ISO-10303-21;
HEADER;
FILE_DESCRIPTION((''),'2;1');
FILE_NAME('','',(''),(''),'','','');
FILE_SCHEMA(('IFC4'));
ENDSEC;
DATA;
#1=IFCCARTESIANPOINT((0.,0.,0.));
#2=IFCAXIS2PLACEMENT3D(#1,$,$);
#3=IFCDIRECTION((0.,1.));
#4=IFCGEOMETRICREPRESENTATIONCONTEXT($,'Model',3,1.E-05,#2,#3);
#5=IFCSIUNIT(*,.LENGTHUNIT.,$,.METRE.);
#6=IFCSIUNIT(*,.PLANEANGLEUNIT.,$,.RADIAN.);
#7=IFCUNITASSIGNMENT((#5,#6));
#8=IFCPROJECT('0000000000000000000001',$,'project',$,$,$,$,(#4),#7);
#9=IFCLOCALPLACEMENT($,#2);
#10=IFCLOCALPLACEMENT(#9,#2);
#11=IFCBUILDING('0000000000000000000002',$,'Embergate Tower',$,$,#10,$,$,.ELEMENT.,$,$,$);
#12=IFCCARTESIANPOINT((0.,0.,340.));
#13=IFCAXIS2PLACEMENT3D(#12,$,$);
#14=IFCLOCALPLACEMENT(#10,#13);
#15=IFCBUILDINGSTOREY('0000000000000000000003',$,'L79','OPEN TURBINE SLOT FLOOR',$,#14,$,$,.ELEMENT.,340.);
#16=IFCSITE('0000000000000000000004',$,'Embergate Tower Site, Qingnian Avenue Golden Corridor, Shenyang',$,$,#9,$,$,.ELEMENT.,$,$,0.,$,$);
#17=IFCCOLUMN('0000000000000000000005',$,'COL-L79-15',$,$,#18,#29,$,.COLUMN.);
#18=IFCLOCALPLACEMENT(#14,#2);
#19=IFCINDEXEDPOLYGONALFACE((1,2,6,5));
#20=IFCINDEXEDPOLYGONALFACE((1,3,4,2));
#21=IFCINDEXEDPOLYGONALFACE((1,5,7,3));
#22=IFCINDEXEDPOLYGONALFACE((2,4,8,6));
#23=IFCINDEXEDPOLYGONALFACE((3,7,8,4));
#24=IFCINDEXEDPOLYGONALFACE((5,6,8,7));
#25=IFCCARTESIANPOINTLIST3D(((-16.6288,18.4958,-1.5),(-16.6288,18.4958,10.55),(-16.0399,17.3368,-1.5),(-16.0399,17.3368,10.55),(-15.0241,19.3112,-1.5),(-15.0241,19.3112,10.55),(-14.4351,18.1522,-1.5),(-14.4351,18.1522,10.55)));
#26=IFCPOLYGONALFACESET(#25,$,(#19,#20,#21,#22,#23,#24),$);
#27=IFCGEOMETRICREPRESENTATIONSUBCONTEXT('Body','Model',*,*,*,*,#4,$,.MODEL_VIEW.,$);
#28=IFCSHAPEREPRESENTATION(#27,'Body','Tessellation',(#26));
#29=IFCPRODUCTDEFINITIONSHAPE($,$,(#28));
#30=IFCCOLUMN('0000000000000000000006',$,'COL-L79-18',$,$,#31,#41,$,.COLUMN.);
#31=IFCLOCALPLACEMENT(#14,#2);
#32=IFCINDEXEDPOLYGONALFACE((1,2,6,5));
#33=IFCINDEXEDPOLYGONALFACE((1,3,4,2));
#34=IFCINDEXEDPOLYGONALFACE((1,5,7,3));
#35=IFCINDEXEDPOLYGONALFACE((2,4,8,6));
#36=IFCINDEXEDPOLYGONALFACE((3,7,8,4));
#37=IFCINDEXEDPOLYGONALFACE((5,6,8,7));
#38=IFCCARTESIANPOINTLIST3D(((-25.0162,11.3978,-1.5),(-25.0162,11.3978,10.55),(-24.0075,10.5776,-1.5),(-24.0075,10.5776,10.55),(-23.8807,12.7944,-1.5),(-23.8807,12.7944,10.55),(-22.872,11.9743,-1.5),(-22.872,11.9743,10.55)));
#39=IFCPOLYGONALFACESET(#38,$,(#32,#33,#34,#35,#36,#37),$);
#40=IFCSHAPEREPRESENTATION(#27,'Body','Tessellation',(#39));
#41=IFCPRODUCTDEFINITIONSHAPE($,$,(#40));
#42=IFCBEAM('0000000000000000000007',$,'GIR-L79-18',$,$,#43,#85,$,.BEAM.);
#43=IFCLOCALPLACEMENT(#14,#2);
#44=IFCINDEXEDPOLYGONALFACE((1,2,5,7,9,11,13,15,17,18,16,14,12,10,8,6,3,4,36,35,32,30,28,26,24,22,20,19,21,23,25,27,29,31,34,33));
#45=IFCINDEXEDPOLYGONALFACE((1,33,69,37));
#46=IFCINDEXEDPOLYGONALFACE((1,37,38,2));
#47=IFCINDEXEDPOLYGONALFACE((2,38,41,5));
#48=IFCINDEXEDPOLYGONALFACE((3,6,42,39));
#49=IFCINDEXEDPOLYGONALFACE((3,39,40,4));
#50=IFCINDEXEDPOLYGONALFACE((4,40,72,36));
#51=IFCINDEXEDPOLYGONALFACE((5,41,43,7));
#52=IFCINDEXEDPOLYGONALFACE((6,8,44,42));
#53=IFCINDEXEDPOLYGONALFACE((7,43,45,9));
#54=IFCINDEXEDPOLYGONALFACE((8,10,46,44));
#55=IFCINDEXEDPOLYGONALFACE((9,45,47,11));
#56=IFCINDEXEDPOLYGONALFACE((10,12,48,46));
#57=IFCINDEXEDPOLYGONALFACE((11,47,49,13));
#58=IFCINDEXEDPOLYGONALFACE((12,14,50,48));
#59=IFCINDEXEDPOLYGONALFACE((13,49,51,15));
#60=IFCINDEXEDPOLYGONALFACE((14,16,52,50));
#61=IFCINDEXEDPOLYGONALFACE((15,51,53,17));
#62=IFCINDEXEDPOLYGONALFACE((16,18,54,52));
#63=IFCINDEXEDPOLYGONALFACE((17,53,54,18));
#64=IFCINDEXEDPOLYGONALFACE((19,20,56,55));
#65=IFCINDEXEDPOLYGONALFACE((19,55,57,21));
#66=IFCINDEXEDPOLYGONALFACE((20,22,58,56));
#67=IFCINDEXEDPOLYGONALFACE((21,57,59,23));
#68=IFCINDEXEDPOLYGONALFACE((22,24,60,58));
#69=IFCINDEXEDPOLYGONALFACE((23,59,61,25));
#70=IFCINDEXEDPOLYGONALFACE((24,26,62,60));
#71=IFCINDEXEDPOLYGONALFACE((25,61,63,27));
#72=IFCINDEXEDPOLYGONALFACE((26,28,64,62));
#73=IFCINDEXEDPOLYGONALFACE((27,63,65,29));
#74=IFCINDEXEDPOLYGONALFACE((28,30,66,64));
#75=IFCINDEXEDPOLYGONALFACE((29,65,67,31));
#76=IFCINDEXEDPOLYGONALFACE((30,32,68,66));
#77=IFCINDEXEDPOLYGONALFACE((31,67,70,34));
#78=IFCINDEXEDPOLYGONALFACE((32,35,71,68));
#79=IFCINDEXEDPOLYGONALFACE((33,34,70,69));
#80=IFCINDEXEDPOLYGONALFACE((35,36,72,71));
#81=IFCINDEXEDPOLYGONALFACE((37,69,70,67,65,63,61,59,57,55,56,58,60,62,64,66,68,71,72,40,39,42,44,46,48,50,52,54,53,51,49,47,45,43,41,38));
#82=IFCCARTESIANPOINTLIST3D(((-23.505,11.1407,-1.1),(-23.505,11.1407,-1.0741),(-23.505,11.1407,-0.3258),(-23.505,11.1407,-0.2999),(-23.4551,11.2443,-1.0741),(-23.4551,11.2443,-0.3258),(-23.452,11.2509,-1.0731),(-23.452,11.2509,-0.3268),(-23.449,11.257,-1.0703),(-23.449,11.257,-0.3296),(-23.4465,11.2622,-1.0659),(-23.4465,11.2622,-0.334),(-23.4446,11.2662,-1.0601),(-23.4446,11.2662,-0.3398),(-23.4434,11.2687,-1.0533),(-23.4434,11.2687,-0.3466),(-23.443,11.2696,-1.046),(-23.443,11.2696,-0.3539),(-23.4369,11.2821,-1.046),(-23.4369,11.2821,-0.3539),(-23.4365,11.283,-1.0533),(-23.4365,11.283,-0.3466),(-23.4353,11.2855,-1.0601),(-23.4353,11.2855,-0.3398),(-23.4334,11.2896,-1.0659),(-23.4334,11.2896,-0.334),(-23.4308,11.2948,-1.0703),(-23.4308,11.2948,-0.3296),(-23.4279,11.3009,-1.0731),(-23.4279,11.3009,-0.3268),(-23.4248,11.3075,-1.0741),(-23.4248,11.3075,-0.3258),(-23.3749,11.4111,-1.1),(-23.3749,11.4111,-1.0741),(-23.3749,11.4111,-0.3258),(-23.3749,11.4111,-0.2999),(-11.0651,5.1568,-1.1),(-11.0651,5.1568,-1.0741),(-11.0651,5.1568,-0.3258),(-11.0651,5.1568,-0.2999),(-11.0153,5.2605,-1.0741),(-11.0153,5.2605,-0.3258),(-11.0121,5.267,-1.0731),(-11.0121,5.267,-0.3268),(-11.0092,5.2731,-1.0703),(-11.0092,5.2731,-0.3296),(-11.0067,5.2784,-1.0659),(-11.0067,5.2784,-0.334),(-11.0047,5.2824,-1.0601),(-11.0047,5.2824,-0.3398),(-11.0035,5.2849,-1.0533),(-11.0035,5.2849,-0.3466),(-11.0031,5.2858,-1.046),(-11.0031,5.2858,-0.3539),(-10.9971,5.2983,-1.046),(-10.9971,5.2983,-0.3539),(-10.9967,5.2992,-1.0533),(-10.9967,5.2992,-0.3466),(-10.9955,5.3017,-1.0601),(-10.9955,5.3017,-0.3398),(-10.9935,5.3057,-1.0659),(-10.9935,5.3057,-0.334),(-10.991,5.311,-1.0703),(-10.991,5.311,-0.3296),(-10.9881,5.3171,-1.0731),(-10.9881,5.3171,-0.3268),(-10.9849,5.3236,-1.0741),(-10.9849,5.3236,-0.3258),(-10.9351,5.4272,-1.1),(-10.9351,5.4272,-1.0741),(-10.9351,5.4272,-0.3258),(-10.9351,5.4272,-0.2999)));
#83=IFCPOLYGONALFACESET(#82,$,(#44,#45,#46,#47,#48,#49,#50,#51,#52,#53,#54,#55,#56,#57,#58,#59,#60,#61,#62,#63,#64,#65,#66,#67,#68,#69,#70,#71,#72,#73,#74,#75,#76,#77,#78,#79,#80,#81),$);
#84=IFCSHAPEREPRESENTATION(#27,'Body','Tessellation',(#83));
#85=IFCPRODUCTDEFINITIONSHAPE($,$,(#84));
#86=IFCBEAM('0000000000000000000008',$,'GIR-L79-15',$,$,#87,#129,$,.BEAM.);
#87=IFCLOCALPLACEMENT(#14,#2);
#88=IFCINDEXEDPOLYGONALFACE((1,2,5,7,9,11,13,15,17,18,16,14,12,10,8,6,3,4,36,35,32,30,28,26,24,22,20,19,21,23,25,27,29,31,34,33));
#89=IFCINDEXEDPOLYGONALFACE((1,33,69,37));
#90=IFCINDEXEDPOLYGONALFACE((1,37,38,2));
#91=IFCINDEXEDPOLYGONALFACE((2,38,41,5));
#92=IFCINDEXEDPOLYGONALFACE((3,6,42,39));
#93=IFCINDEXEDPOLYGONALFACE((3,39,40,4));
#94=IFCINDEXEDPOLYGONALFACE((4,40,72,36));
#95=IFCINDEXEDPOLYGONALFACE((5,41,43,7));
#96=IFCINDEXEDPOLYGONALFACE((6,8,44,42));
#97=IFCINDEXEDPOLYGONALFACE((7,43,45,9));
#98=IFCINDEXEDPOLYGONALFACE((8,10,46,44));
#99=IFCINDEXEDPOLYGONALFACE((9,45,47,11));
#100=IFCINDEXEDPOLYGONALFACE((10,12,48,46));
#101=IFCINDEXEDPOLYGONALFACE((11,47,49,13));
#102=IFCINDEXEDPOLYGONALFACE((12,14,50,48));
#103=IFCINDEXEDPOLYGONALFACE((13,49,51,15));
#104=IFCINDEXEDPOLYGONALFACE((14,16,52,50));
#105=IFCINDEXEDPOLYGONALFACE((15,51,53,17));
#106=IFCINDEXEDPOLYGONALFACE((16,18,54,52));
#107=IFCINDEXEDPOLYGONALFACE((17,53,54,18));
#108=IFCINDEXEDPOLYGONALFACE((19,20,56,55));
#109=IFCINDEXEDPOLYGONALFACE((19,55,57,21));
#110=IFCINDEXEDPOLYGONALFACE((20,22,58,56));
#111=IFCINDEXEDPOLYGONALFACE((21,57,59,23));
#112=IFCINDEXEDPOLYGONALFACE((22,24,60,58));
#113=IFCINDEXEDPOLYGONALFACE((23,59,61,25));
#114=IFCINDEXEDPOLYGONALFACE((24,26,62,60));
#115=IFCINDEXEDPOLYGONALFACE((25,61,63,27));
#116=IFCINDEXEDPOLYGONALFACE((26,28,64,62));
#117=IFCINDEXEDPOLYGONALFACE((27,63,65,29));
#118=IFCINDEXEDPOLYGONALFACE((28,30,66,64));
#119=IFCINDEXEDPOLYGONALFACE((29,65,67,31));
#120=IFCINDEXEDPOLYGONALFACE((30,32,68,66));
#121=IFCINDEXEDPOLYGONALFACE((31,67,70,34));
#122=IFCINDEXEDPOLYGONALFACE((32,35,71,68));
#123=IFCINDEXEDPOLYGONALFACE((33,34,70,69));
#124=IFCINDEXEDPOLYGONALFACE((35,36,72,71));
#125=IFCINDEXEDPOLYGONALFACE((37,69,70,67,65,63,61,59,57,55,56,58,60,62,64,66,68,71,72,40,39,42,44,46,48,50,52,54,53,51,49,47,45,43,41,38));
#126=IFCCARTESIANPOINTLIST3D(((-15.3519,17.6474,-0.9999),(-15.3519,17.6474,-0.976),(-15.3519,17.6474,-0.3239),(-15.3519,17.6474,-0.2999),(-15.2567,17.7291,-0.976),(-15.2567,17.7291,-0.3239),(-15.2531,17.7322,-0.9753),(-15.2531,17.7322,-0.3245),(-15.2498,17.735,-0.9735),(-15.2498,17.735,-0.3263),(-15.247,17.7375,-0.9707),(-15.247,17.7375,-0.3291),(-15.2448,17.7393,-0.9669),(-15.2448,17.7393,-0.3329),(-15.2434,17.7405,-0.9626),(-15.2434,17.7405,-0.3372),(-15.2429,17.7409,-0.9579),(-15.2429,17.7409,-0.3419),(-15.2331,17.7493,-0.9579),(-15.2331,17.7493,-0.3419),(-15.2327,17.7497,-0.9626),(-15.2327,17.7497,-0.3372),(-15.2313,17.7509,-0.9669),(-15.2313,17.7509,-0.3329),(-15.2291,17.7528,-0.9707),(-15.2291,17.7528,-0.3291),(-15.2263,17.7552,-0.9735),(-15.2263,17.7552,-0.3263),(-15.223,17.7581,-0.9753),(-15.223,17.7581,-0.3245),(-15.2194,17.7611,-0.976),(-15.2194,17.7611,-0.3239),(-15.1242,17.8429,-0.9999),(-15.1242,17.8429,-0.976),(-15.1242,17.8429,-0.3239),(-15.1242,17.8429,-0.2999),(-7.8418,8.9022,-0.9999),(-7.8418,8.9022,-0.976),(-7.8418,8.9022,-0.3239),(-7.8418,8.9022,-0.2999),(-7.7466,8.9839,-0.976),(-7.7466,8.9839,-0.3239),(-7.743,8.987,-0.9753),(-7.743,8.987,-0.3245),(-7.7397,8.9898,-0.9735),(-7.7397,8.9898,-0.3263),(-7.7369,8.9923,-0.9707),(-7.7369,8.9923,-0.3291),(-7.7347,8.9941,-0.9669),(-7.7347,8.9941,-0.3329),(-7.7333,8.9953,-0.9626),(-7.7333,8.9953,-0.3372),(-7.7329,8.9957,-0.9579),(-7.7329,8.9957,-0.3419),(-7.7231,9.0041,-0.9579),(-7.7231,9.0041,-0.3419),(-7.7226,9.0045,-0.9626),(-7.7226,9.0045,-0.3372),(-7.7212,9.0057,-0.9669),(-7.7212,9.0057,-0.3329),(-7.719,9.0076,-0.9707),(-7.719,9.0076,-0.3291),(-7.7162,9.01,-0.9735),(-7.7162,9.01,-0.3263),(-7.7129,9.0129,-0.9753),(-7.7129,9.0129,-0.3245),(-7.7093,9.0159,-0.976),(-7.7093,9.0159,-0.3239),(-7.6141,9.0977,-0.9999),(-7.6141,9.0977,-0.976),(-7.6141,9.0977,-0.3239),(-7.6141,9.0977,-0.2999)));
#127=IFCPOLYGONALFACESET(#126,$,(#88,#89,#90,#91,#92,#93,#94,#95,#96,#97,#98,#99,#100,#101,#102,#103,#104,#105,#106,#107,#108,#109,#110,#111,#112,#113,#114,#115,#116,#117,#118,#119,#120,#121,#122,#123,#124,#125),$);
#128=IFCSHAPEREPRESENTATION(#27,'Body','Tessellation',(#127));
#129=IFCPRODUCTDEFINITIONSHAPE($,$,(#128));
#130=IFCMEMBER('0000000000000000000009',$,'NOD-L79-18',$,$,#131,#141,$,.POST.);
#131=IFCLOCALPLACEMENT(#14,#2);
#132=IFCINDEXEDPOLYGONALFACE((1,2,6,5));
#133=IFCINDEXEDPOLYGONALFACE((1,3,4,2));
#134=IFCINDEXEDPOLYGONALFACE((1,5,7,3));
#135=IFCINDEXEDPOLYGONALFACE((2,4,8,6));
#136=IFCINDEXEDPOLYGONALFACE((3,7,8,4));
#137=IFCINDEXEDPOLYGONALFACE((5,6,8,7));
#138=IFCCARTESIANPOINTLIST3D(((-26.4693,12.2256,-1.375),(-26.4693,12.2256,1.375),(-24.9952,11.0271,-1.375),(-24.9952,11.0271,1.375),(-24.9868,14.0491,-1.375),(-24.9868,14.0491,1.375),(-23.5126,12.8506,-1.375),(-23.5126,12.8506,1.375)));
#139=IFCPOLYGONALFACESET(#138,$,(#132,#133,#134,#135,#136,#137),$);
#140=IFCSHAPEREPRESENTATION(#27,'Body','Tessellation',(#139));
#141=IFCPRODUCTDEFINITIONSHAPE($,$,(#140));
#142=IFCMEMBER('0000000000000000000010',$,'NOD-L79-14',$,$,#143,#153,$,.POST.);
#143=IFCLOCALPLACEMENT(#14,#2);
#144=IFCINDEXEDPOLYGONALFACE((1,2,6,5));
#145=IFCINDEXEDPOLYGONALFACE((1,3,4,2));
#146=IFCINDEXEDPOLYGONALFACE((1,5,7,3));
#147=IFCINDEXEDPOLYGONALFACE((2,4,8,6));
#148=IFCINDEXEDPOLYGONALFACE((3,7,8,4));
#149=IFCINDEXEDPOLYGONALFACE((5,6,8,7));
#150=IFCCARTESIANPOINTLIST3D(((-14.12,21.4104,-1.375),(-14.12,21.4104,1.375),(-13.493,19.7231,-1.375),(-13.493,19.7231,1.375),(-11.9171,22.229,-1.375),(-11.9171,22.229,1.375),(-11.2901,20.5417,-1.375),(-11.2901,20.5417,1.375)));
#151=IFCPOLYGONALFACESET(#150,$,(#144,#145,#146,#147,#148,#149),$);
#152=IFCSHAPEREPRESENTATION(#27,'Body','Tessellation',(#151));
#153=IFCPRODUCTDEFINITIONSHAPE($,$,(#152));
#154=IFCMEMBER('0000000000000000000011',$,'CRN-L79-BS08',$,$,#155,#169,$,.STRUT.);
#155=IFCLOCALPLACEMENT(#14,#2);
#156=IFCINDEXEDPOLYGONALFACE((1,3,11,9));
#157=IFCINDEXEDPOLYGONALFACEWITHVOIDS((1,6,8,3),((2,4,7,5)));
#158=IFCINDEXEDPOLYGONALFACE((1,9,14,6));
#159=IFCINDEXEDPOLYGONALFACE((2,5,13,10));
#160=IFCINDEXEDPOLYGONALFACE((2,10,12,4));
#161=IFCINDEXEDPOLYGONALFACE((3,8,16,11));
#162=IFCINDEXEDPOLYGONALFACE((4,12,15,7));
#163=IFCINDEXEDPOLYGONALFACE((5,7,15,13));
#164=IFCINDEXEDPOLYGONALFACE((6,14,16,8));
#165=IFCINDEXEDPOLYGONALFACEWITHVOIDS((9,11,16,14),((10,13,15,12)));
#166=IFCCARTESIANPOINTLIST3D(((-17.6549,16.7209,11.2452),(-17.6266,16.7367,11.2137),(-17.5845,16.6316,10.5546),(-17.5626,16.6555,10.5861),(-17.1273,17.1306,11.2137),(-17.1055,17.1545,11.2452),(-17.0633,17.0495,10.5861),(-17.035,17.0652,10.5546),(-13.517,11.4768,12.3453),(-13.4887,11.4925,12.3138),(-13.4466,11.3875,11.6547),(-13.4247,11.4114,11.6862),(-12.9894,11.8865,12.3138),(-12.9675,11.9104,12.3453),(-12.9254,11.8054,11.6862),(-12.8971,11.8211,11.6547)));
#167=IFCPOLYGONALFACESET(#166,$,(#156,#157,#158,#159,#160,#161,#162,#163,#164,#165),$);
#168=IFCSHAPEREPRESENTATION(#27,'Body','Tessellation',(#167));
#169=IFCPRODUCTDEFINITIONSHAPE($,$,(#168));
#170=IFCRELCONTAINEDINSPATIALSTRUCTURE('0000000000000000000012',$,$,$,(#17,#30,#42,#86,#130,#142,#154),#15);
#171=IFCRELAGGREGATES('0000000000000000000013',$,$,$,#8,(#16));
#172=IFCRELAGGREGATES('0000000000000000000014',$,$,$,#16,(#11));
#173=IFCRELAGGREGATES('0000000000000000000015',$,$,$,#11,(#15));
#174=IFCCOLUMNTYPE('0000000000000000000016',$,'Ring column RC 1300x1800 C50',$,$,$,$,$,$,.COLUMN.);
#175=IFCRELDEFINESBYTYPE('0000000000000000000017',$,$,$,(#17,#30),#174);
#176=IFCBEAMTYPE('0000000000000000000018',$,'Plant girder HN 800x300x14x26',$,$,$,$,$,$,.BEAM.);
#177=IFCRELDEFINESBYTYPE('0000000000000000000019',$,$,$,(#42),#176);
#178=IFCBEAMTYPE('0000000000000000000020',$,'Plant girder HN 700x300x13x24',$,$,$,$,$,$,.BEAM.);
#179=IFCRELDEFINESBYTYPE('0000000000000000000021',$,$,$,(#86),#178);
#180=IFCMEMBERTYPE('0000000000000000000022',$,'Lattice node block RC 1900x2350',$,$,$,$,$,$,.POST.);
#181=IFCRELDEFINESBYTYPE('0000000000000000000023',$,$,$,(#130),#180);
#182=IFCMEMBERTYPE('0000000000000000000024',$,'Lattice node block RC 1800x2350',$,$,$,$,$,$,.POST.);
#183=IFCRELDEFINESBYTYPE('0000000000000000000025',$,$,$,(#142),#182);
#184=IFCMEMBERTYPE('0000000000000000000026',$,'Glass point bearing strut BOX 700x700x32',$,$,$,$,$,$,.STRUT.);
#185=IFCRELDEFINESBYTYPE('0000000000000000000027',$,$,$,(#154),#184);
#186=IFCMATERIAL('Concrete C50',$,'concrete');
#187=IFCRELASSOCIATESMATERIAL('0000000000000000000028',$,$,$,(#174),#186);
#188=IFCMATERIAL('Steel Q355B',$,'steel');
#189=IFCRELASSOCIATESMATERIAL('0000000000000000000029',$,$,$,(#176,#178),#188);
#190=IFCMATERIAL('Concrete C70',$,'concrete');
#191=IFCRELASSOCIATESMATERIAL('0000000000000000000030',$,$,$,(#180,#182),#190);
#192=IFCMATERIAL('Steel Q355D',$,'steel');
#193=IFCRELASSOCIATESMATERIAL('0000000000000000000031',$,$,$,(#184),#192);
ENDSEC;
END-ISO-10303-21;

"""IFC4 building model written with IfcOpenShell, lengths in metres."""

from ifc_helpers import new_model, si_unit, direction, frame, origin, origin_2d, place, context, subcontext, project, spatial, rectangle, hollow_rectangle, i_section, extrude, source, transform, mapped, material, material_profile, profile_set, type_object, element, save


model = new_model("IFC4")

# Units and contexts
model_context = context("Model", 3, precision=1e-05, world=origin(), true_north=direction((0.0, 1.0)))
body_context = subcontext(model_context, "Body", "Model", "MODEL_VIEW")
ifc_project = project(units=[si_unit("LENGTHUNIT", "METRE"), si_unit("PLANEANGLEUNIT", "RADIAN")], contexts=[model_context])

# Site, building, storey
site_placement = place(None, origin())
site = spatial("IfcSite", under=ifc_project, at=site_placement, Name="Embergate Tower Site, Qingnian Avenue Golden Corridor, Shenyang", CompositionType="ELEMENT", RefElevation=0.0)
building_placement = place(site_placement, origin())
building = spatial("IfcBuilding", under=site, at=building_placement, Name="Embergate Tower", CompositionType="ELEMENT")
storey_placement = place(building_placement, frame((0.0, 0.0, 340.0)))
storey = spatial("IfcBuildingStorey", under=building, at=storey_placement, Name="L79", Description="OPEN TURBINE SLOT FLOOR", CompositionType="ELEMENT", Elevation=340.0)

# Columns
ifc_material_1 = material(Name="Concrete C50", Category="concrete")
ifc_material_profile_1 = material_profile(ifc_material_1, rectangle(XDim=1.3, YDim=1.8, at=origin_2d()), Name="RC 1300x1800")
ifc_profile_set_1 = profile_set([ifc_material_profile_1], Name="Concrete C50")
column_type = type_object("IfcColumnType", Name="Ring column RC 1300x1800 C50", PredefinedType="COLUMN", material=ifc_profile_set_1)
shared_shape_1 = source(origin(), body_context, "Body", "SweptSolid", [
    extrude(rectangle(XDim=1.3, YDim=1.8, at=origin_2d()), origin(), (0.0, 0.0, 1.0), 12.05),
])
for number, where, z_axis, x_axis, name in (
    (1, (-15.532, 18.324, -1.5), (0.0, 0.0, 1.0), (-0.452995, 0.891513, 0.0), "COL-L79-15"),
    (2, (-23.9441, 11.686, -1.5), (0.0, 0.0, 1.0), (-0.775914, 0.630838, 0.0), "COL-L79-18"),
):
    element("IfcColumn", number, at=place(storey_placement, frame(where, z_axis=z_axis, x_axis=x_axis)), inside=storey, type_object=column_type, Name=name, PredefinedType="COLUMN", context=body_context, shape_type="MappedRepresentation", body=[
        mapped(shared_shape_1, transform((0.0, 0.0, 0.0))),
    ])

# Beams
ifc_material_2 = material(Name="Steel Q355B", Category="steel")
ifc_material_profile_2 = material_profile(ifc_material_2, i_section(OverallWidth=0.3, OverallDepth=0.8, WebThickness=0.0139, FlangeThickness=0.0259, FilletRadius=0.0281, at=origin_2d()), Name="HN 800x300x14x26")
ifc_profile_set_2 = profile_set([ifc_material_profile_2], Name="Steel Q355 grade B")
beam_type_1 = type_object("IfcBeamType", Name="Plant girder HN 800x300x14x26", PredefinedType="BEAM", material=ifc_profile_set_2)
shared_shape_2 = source(origin(), body_context, "Body", "SweptSolid", [
    extrude(i_section(OverallWidth=0.3, OverallDepth=0.8, WebThickness=0.0139, FlangeThickness=0.0259, FilletRadius=0.0281, at=origin_2d()), origin(), (0.0, 0.0, 1.0), 13.8042),
])
beam_1_placement = place(storey_placement, frame((-23.4399, 11.2759, -0.7), z_axis=(0.901163, -0.43348, 0.0), x_axis=(0.43348, 0.901163, 0.0)))
element("IfcBeam", 3, at=beam_1_placement, inside=storey, type_object=beam_type_1, Name="GIR-L79-18", PredefinedType="BEAM", context=body_context, shape_type="MappedRepresentation", body=[
    mapped(shared_shape_2, transform((0.0, 0.0, 0.0))),
])
ifc_material_profile_3 = material_profile(ifc_material_2, i_section(OverallWidth=0.3, OverallDepth=0.7, WebThickness=0.0129, FlangeThickness=0.0239, FilletRadius=0.0181, at=origin_2d()), Name="HN 700x300x13x24")
ifc_profile_set_3 = profile_set([ifc_material_profile_3], Name="Steel Q355 grade B")
beam_type_2 = type_object("IfcBeamType", Name="Plant girder HN 700x300x13x24", PredefinedType="BEAM", material=ifc_profile_set_3)
shared_shape_3 = source(origin(), body_context, "Body", "SweptSolid", [
    extrude(i_section(OverallWidth=0.3, OverallDepth=0.7, WebThickness=0.0129, FlangeThickness=0.0239, FilletRadius=0.0181, at=origin_2d()), origin(), (0.0, 0.0, 1.0), 11.5273),
])
beam_2_placement = place(storey_placement, frame((-15.238, 17.7451, -0.6499), z_axis=(0.651501, -0.758648, 0.0), x_axis=(0.758648, 0.651501, 0.0)))
element("IfcBeam", 4, at=beam_2_placement, inside=storey, type_object=beam_type_2, Name="GIR-L79-15", PredefinedType="BEAM", context=body_context, shape_type="MappedRepresentation", body=[
    mapped(shared_shape_3, transform((0.0, 0.0, 0.0))),
])

# Members
ifc_material_3 = material(Name="Concrete C70", Category="concrete")
ifc_material_profile_4 = material_profile(ifc_material_3, rectangle(XDim=1.8999, YDim=2.3501, at=origin_2d()), Name="RC 1900x2350")
ifc_profile_set_4 = profile_set([ifc_material_profile_4], Name="Concrete C70")
member_type_1 = type_object("IfcMemberType", Name="Lattice node block RC 1900x2350", PredefinedType="POST", material=ifc_profile_set_4)
shared_shape_4 = source(origin(), body_context, "Body", "SweptSolid", [
    extrude(rectangle(XDim=1.8999, YDim=2.3501, at=origin_2d()), origin(), (0.0, 0.0, 1.0), 2.75),
])
member_1_placement = place(storey_placement, frame((-24.991, 12.5381, -1.375), z_axis=(0.0, 0.0, 1.0), x_axis=(-0.775914, 0.630838, 0.0)))
element("IfcMember", 5, at=member_1_placement, inside=storey, type_object=member_type_1, Name="NOD-L79-18", PredefinedType="POST", context=body_context, shape_type="MappedRepresentation", body=[
    mapped(shared_shape_4, transform((0.0, 0.0, 0.0))),
])
ifc_material_profile_5 = material_profile(ifc_material_3, rectangle(XDim=1.8, YDim=2.3501, at=origin_2d()), Name="RC 1800x2350")
ifc_profile_set_5 = profile_set([ifc_material_profile_5], Name="Concrete C70")
member_type_2 = type_object("IfcMemberType", Name="Lattice node block RC 1800x2350", PredefinedType="POST", material=ifc_profile_set_5)
shared_shape_5 = source(origin(), body_context, "Body", "SweptSolid", [
    extrude(rectangle(XDim=1.8, YDim=2.3501, at=origin_2d()), origin(), (0.0, 0.0, 1.0), 2.75),
])
member_2_placement = place(storey_placement, frame((-12.7051, 20.9761, -1.375), z_axis=(0.0, 0.0, 1.0), x_axis=(-0.348343, 0.937367, 0.0)))
element("IfcMember", 6, at=member_2_placement, inside=storey, type_object=member_type_2, Name="NOD-L79-14", PredefinedType="POST", context=body_context, shape_type="MappedRepresentation", body=[
    mapped(shared_shape_5, transform((0.0, 0.0, 0.0))),
])
ifc_material_4 = material(Name="Steel Q355D", Category="steel")
ifc_material_profile_6 = material_profile(ifc_material_4, hollow_rectangle(XDim=0.7, YDim=0.7, WallThickness=0.032, at=origin_2d()), Name="BOX 700x700x32")
ifc_profile_set_6 = profile_set([ifc_material_profile_6], Name="Steel Q355 grade D")
member_type_3 = type_object("IfcMemberType", Name="Glass point bearing strut BOX 700x700x32", PredefinedType="STRUT", material=ifc_profile_set_6)
shared_shape_6 = source(origin(), body_context, "Body", "SweptSolid", [
    extrude(hollow_rectangle(XDim=0.7, YDim=0.7, WallThickness=0.032, at=origin_2d()), origin(), (0.0, 0.0, 1.0), 6.77),
])
member_3_placement = place(storey_placement, frame((-17.345, 16.8931, 10.8999), z_axis=(0.611211, -0.774607, 0.162494), x_axis=(0.785041, 0.619444, 0.0)))
element("IfcMember", 7, at=member_3_placement, inside=storey, type_object=member_type_3, Name="CRN-L79-BS08", PredefinedType="STRUT", context=body_context, shape_type="MappedRepresentation", body=[
    mapped(shared_shape_6, transform((0.0, 0.0, 0.0))),
])

save(model, "model.ifc")
